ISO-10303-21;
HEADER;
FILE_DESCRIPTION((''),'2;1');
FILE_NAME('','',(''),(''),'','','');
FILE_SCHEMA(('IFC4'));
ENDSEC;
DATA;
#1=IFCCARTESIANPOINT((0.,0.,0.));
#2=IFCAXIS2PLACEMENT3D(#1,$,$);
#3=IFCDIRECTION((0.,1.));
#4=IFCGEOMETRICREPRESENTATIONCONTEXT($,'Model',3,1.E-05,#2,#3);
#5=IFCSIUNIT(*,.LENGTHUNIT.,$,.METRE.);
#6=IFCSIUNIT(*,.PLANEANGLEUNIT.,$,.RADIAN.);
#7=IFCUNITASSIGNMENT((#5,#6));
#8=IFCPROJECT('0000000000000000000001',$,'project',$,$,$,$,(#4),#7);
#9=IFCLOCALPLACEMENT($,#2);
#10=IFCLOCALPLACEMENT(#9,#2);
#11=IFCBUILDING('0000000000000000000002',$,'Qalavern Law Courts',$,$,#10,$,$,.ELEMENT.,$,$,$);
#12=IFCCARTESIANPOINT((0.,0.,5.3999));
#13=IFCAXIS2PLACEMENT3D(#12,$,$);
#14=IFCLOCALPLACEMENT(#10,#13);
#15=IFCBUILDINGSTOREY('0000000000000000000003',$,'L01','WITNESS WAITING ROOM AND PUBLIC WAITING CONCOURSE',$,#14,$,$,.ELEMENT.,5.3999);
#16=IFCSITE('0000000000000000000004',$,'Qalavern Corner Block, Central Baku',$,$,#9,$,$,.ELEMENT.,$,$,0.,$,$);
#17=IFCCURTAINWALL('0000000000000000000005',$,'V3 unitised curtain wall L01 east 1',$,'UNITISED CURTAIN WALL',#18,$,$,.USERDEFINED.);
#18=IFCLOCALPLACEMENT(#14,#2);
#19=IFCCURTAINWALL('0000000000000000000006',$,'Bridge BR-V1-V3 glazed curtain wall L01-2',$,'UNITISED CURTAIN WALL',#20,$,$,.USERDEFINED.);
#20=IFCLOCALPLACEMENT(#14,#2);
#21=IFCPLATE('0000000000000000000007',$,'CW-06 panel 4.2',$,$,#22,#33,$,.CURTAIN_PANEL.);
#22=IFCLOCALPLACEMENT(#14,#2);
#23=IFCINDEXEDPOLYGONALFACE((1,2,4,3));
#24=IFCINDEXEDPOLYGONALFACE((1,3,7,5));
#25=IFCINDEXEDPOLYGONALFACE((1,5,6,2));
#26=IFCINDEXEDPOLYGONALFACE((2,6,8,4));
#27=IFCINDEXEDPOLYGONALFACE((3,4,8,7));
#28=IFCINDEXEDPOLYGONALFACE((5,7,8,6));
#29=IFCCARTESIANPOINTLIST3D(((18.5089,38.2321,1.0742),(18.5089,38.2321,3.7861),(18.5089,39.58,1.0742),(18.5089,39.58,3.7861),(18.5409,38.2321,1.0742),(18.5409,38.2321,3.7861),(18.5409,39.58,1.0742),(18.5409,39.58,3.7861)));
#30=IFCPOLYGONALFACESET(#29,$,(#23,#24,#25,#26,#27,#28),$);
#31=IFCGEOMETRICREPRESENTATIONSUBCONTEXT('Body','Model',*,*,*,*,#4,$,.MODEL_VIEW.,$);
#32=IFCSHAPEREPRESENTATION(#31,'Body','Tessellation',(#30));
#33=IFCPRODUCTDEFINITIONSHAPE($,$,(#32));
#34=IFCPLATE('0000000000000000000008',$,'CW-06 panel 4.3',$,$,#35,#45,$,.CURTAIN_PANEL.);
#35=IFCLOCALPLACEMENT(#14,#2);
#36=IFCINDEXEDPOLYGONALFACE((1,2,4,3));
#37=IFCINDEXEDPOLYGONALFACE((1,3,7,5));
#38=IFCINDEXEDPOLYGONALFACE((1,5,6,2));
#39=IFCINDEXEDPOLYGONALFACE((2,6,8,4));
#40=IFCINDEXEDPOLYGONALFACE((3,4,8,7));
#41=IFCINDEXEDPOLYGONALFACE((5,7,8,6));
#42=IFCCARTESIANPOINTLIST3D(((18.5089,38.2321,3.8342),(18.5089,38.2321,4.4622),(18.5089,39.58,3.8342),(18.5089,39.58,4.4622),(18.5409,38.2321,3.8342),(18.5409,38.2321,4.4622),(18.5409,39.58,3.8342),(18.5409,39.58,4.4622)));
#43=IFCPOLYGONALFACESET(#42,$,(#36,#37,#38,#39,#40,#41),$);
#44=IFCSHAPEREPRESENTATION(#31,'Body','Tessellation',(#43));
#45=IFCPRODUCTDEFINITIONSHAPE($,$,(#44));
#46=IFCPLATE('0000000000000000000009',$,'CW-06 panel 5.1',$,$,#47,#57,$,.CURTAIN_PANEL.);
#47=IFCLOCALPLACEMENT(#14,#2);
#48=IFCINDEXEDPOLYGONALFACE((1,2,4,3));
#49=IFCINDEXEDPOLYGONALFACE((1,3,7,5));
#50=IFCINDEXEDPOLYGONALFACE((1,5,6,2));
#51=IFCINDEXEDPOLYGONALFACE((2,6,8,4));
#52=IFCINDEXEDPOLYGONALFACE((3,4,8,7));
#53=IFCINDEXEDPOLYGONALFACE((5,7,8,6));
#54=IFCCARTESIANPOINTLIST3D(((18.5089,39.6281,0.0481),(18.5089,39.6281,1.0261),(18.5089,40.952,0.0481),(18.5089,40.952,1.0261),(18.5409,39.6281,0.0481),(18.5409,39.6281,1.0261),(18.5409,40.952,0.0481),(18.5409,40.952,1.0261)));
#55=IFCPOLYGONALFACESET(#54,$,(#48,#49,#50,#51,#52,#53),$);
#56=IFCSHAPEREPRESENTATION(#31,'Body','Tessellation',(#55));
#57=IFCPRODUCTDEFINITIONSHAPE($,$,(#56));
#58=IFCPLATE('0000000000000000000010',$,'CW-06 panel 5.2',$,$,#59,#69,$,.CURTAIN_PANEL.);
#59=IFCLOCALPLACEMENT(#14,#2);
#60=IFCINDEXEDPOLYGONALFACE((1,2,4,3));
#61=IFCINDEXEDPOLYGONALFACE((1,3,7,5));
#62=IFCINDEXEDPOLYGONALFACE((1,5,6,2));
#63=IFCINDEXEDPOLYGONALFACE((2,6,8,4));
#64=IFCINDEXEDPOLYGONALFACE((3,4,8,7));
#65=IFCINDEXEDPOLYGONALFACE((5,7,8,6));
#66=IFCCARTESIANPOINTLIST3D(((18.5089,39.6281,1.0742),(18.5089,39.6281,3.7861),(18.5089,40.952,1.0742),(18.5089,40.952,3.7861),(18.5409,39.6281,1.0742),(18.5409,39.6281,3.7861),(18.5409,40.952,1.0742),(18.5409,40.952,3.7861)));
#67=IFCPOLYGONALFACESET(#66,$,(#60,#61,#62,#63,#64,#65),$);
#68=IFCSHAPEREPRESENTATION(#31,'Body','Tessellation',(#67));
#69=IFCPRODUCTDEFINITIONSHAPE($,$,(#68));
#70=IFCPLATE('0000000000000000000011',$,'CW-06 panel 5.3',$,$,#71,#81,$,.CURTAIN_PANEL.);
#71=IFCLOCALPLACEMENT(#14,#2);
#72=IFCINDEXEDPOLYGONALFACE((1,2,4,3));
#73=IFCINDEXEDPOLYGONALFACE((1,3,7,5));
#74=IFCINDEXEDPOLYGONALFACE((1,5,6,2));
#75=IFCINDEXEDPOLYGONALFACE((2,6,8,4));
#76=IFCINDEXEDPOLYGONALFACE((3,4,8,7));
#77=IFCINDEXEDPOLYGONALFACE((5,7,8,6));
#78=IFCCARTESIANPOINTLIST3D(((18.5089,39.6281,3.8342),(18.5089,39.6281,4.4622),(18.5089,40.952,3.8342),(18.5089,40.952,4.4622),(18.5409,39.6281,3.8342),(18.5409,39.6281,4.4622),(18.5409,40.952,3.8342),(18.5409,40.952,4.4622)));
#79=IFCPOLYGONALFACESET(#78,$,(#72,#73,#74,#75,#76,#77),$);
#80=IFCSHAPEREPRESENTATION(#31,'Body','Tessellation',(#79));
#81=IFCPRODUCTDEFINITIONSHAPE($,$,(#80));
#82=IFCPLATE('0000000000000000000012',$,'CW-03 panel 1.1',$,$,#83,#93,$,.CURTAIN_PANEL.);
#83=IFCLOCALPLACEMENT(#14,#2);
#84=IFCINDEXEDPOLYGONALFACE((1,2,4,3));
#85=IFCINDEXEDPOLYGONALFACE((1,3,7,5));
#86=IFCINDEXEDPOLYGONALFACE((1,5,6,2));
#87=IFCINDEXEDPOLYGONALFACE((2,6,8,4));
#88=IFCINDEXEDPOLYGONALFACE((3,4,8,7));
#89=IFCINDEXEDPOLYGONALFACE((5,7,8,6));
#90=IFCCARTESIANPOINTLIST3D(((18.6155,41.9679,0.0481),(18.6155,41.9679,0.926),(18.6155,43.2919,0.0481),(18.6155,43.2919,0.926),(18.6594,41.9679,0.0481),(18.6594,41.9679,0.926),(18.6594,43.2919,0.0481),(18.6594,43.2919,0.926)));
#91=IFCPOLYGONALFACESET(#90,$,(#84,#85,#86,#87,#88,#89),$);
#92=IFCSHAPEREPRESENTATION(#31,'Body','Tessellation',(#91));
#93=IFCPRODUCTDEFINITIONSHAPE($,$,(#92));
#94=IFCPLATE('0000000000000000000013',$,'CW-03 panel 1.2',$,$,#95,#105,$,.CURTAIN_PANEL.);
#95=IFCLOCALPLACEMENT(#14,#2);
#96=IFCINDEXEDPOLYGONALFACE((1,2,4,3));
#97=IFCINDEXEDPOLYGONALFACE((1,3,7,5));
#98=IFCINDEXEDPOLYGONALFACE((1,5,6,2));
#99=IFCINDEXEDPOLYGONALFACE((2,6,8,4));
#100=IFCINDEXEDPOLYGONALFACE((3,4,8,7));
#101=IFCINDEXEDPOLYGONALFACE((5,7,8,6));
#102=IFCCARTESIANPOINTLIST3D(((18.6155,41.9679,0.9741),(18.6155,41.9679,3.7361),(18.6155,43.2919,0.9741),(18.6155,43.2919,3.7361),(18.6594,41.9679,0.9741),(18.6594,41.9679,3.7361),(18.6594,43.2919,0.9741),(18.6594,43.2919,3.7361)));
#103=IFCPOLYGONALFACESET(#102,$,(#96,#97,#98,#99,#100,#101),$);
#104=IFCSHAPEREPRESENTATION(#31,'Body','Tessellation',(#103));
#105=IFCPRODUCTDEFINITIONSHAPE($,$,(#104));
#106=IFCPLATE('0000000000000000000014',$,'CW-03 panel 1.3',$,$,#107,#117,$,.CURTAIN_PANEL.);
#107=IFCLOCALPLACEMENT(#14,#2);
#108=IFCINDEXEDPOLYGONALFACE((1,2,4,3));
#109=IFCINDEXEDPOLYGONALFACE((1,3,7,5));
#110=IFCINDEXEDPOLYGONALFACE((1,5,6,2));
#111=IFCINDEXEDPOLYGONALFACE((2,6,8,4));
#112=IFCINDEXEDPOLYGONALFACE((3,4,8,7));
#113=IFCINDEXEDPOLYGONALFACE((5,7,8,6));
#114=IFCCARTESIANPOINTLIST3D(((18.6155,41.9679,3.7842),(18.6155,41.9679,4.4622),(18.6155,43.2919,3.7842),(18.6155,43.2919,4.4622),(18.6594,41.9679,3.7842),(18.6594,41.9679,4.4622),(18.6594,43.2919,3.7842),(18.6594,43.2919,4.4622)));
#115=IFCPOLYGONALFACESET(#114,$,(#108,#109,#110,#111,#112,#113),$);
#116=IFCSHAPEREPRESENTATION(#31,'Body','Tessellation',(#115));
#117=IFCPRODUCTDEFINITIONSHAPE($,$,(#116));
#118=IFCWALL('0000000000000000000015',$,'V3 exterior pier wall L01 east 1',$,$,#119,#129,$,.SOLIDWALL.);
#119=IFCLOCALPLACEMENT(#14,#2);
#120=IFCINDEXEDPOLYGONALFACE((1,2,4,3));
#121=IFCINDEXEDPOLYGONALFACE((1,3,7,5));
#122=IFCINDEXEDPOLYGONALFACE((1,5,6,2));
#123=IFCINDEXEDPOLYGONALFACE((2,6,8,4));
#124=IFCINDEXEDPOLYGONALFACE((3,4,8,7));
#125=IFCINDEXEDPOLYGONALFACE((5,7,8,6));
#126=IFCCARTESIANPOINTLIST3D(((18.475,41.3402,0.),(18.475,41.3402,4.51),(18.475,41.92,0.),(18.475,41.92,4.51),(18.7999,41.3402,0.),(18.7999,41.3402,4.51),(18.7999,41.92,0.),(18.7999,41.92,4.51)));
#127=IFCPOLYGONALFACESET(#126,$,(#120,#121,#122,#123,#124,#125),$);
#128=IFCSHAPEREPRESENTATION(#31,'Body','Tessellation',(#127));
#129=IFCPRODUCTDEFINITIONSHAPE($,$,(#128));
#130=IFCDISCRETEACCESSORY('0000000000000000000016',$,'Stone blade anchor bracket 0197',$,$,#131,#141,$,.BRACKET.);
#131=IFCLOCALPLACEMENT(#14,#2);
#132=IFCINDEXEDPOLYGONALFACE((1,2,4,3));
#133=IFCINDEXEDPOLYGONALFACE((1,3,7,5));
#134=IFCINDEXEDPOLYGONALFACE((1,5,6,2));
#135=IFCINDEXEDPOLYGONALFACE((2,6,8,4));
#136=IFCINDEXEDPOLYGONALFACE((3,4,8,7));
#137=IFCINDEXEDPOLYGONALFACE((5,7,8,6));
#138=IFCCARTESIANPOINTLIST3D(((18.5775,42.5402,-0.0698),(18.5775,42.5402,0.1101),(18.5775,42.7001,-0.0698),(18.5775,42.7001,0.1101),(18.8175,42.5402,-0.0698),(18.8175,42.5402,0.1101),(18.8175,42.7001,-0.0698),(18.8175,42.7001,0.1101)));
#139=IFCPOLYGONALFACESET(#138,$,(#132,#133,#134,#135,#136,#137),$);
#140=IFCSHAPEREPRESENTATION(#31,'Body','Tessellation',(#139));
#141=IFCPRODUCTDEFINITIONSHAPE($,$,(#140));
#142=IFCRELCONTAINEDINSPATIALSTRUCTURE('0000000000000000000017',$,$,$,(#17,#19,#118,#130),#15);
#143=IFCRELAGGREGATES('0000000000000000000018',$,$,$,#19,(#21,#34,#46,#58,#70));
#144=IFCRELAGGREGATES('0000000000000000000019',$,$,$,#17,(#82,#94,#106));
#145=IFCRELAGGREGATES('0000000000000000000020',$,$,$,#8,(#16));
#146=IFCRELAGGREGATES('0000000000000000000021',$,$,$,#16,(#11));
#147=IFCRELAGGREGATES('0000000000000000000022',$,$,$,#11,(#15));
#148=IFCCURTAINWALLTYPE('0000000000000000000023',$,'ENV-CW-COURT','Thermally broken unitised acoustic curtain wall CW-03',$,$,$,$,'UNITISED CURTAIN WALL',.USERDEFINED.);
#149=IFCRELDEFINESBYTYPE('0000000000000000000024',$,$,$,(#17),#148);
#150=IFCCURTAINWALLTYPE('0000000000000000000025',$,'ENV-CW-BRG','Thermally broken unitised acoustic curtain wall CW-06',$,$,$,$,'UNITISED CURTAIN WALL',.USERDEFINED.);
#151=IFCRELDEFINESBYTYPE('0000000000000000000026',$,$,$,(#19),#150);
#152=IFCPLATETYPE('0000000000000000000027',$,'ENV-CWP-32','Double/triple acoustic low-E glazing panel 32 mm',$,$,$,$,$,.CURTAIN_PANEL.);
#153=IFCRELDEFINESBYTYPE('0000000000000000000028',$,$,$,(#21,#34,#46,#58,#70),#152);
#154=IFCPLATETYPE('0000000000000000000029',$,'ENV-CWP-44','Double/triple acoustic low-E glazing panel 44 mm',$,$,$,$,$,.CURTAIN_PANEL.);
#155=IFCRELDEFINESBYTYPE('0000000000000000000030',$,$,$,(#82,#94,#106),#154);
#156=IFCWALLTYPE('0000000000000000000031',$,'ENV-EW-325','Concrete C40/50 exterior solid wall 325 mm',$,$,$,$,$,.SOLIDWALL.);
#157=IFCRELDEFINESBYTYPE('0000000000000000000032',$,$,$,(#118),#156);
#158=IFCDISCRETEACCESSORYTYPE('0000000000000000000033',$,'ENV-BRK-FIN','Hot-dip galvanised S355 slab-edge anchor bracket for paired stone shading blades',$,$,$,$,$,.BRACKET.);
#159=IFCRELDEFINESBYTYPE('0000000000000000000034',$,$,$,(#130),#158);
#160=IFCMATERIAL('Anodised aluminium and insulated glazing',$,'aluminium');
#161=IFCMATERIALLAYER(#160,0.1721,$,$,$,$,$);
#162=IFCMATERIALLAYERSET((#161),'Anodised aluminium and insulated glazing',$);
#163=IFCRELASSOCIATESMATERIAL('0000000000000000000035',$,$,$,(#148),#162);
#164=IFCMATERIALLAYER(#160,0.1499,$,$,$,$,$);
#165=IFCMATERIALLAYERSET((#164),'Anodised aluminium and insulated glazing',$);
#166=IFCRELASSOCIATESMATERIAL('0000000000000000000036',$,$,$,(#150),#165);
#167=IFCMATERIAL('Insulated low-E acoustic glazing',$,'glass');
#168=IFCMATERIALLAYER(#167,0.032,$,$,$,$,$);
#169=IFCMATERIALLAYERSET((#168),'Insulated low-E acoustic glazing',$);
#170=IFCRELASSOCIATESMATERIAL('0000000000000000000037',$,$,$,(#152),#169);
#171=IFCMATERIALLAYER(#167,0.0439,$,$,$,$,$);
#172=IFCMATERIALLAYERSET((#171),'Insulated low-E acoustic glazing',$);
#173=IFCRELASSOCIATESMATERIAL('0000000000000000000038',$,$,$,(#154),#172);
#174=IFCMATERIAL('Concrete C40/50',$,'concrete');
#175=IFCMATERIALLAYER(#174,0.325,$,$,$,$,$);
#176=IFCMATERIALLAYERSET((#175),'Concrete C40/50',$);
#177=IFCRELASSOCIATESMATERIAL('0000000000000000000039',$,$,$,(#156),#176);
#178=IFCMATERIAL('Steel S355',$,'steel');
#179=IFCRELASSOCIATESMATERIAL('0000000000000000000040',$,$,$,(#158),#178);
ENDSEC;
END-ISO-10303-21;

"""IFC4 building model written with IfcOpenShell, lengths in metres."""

from ifc_helpers import new_model, si_unit, direction, frame, frame_2d, origin, origin_2d, place, context, subcontext, project, spatial, rectangle, extrude, material, layer, layer_set, type_object, element, aggregate, save


model = new_model("IFC4")

# Units and contexts
model_context = context("Model", 3, precision=1e-05, world=origin(), true_north=direction((0.0, 1.0)))
body_context = subcontext(model_context, "Body", "Model", "MODEL_VIEW")
ifc_project = project(units=[si_unit("LENGTHUNIT", "METRE"), si_unit("PLANEANGLEUNIT", "RADIAN")], contexts=[model_context])

# Site, building, storey
site_placement = place(None, origin())
site = spatial("IfcSite", under=ifc_project, at=site_placement, Name="Qalavern Corner Block, Central Baku", CompositionType="ELEMENT", RefElevation=0.0)
building_placement = place(site_placement, origin())
building = spatial("IfcBuilding", under=site, at=building_placement, Name="Qalavern Law Courts", CompositionType="ELEMENT")
storey_placement = place(building_placement, frame((0.0, 0.0, 5.3999)))
storey = spatial("IfcBuildingStorey", under=building, at=storey_placement, Name="L01", Description="WITNESS WAITING ROOM AND PUBLIC WAITING CONCOURSE", CompositionType="ELEMENT", Elevation=5.3999)

# Curtain wall
ifc_material_1 = material(Name="Anodised aluminium and insulated glazing", Category="aluminium")
ifc_layer_1 = layer(ifc_material_1, 0.1721)
ifc_layer_set_1 = layer_set([ifc_layer_1], Name="Anodised aluminium and insulated glazing")
curtain_wall_type_1 = type_object("IfcCurtainWallType", Name="ENV-CW-COURT", Description="Thermally broken unitised acoustic curtain wall CW-03", ElementType="UNITISED CURTAIN WALL", PredefinedType="USERDEFINED", material=ifc_layer_set_1)
curtain_wall_1_placement = place(storey_placement, origin())
curtain_wall_1 = element("IfcCurtainWall", 1, at=curtain_wall_1_placement, inside=storey, type_object=curtain_wall_type_1, Name="V3 unitised curtain wall L01 east 1", ObjectType="UNITISED CURTAIN WALL", PredefinedType="USERDEFINED")

# Curtain wall
ifc_layer_2 = layer(ifc_material_1, 0.1499)
ifc_layer_set_2 = layer_set([ifc_layer_2], Name="Anodised aluminium and insulated glazing")
curtain_wall_type_2 = type_object("IfcCurtainWallType", Name="ENV-CW-BRG", Description="Thermally broken unitised acoustic curtain wall CW-06", ElementType="UNITISED CURTAIN WALL", PredefinedType="USERDEFINED", material=ifc_layer_set_2)
curtain_wall_2_placement = place(storey_placement, origin())
curtain_wall_2 = element("IfcCurtainWall", 2, at=curtain_wall_2_placement, inside=storey, type_object=curtain_wall_type_2, Name="Bridge BR-V1-V3 glazed curtain wall L01-2", ObjectType="UNITISED CURTAIN WALL", PredefinedType="USERDEFINED")

# Plates
ifc_material_2 = material(Name="Insulated low-E acoustic glazing", Category="glass")
ifc_layer_3 = layer(ifc_material_2, 0.032)
ifc_layer_set_3 = layer_set([ifc_layer_3], Name="Insulated low-E acoustic glazing")
plate_type_1 = type_object("IfcPlateType", Name="ENV-CWP-32", Description="Double/triple acoustic low-E glazing panel 32 mm", PredefinedType="CURTAIN_PANEL", material=ifc_layer_set_3)
plate_1_placement = place(storey_placement, frame((18.5249, 38.906, 1.0742), z_axis=(0.0, 0.0, 1.0), x_axis=(0.0, 1.0, 0.0)))
plate_1 = element("IfcPlate", 3, at=plate_1_placement, type_object=plate_type_1, Name="CW-06 panel 4.2", PredefinedType="CURTAIN_PANEL", context=body_context, shape_type="SweptSolid", body=[
    extrude(rectangle(XDim=1.3479, YDim=0.032, at=origin_2d()), origin(), (0.0, 0.0, 1.0), 2.7119),
])
plate_2_placement = place(storey_placement, frame((18.5249, 38.906, 3.8342), z_axis=(0.0, 0.0, 1.0), x_axis=(0.0, 1.0, 0.0)))
plate_2 = element("IfcPlate", 4, at=plate_2_placement, type_object=plate_type_1, Name="CW-06 panel 4.3", PredefinedType="CURTAIN_PANEL", context=body_context, shape_type="SweptSolid", body=[
    extrude(rectangle(XDim=1.3479, YDim=0.032, at=origin_2d()), origin(), (0.0, 0.0, 1.0), 0.6279),
])
plate_3_placement = place(storey_placement, frame((18.5249, 40.29, 0.0481), z_axis=(0.0, 0.0, 1.0), x_axis=(0.0, 1.0, 0.0)))
plate_3 = element("IfcPlate", 5, at=plate_3_placement, type_object=plate_type_1, Name="CW-06 panel 5.1", PredefinedType="CURTAIN_PANEL", context=body_context, shape_type="SweptSolid", body=[
    extrude(rectangle(XDim=1.324, YDim=0.032, at=origin_2d()), origin(), (0.0, 0.0, 1.0), 0.978),
])
plate_4_placement = place(storey_placement, frame((18.5249, 40.29, 1.0742), z_axis=(0.0, 0.0, 1.0), x_axis=(0.0, 1.0, 0.0)))
plate_4 = element("IfcPlate", 6, at=plate_4_placement, type_object=plate_type_1, Name="CW-06 panel 5.2", PredefinedType="CURTAIN_PANEL", context=body_context, shape_type="SweptSolid", body=[
    extrude(rectangle(XDim=1.324, YDim=0.032, at=origin_2d()), origin(), (0.0, 0.0, 1.0), 2.7119),
])
plate_5_placement = place(storey_placement, frame((18.5249, 40.29, 3.8342), z_axis=(0.0, 0.0, 1.0), x_axis=(0.0, 1.0, 0.0)))
plate_5 = element("IfcPlate", 7, at=plate_5_placement, type_object=plate_type_1, Name="CW-06 panel 5.3", PredefinedType="CURTAIN_PANEL", context=body_context, shape_type="SweptSolid", body=[
    extrude(rectangle(XDim=1.324, YDim=0.032, at=origin_2d()), origin(), (0.0, 0.0, 1.0), 0.6279),
])
aggregate(curtain_wall_2, [plate_1, plate_2, plate_3, plate_4, plate_5])
ifc_layer_4 = layer(ifc_material_2, 0.0439)
ifc_layer_set_4 = layer_set([ifc_layer_4], Name="Insulated low-E acoustic glazing")
plate_type_2 = type_object("IfcPlateType", Name="ENV-CWP-44", Description="Double/triple acoustic low-E glazing panel 44 mm", PredefinedType="CURTAIN_PANEL", material=ifc_layer_set_4)
plate_6_placement = place(storey_placement, frame((18.6375, 42.6299, 0.0481), z_axis=(0.0, 0.0, 1.0), x_axis=(0.0, 1.0, 0.0)))
plate_6 = element("IfcPlate", 8, at=plate_6_placement, type_object=plate_type_2, Name="CW-03 panel 1.1", PredefinedType="CURTAIN_PANEL", context=body_context, shape_type="SweptSolid", body=[
    extrude(rectangle(XDim=1.324, YDim=0.0439, at=origin_2d()), origin(), (0.0, 0.0, 1.0), 0.8779),
])
plate_7_placement = place(storey_placement, frame((18.6375, 42.6299, 0.9741), z_axis=(0.0, 0.0, 1.0), x_axis=(0.0, 1.0, 0.0)))
plate_7 = element("IfcPlate", 9, at=plate_7_placement, type_object=plate_type_2, Name="CW-03 panel 1.2", PredefinedType="CURTAIN_PANEL", context=body_context, shape_type="SweptSolid", body=[
    extrude(rectangle(XDim=1.324, YDim=0.0439, at=origin_2d()), origin(), (0.0, 0.0, 1.0), 2.762),
])
plate_8_placement = place(storey_placement, frame((18.6375, 42.6299, 3.7842), z_axis=(0.0, 0.0, 1.0), x_axis=(0.0, 1.0, 0.0)))
plate_8 = element("IfcPlate", 10, at=plate_8_placement, type_object=plate_type_2, Name="CW-03 panel 1.3", PredefinedType="CURTAIN_PANEL", context=body_context, shape_type="SweptSolid", body=[
    extrude(rectangle(XDim=1.324, YDim=0.0439, at=origin_2d()), origin(), (0.0, 0.0, 1.0), 0.678),
])
aggregate(curtain_wall_1, [plate_6, plate_7, plate_8])

# Wall
ifc_material_3 = material(Name="Concrete C40/50", Category="concrete")
ifc_layer_5 = layer(ifc_material_3, 0.325)
ifc_layer_set_5 = layer_set([ifc_layer_5], Name="Concrete C40/50")
wall_type = type_object("IfcWallType", Name="ENV-EW-325", Description="Concrete C40/50 exterior solid wall 325 mm", PredefinedType="SOLIDWALL", material=ifc_layer_set_5)
wall_placement = place(storey_placement, frame((18.6375, 41.3401, 0.0), z_axis=(0.0, 0.0, 1.0), x_axis=(0.0, 1.0, 0.0)))
element("IfcWall", 11, at=wall_placement, inside=storey, type_object=wall_type, Name="V3 exterior pier wall L01 east 1", PredefinedType="SOLIDWALL", context=body_context, shape_type="SweptSolid", body=[
    extrude(rectangle(XDim=0.5798, YDim=0.325, at=frame_2d((0.29, 0.0))), origin(), (0.0, 0.0, 1.0), 4.51),
])

# Discrete accessory
ifc_material_4 = material(Name="Steel S355", Category="steel")
discrete_accessory_type = type_object("IfcDiscreteAccessoryType", Name="ENV-BRK-FIN", Description="Hot-dip galvanised S355 slab-edge anchor bracket for paired stone shading blades", PredefinedType="BRACKET", material=ifc_material_4)
discrete_accessory_placement = place(storey_placement, frame((18.6975, 42.6201, -0.0698), z_axis=(0.0, 0.0, 1.0), x_axis=(1.0, 0.0, 0.0)))
element("IfcDiscreteAccessory", 12, at=discrete_accessory_placement, inside=storey, type_object=discrete_accessory_type, Name="Stone blade anchor bracket 0197", PredefinedType="BRACKET", context=body_context, shape_type="SweptSolid", body=[
    extrude(rectangle(XDim=0.24, YDim=0.1599, at=origin_2d()), origin(), (0.0, 0.0, 1.0), 0.1799),
])

save(model, "model.ifc")
